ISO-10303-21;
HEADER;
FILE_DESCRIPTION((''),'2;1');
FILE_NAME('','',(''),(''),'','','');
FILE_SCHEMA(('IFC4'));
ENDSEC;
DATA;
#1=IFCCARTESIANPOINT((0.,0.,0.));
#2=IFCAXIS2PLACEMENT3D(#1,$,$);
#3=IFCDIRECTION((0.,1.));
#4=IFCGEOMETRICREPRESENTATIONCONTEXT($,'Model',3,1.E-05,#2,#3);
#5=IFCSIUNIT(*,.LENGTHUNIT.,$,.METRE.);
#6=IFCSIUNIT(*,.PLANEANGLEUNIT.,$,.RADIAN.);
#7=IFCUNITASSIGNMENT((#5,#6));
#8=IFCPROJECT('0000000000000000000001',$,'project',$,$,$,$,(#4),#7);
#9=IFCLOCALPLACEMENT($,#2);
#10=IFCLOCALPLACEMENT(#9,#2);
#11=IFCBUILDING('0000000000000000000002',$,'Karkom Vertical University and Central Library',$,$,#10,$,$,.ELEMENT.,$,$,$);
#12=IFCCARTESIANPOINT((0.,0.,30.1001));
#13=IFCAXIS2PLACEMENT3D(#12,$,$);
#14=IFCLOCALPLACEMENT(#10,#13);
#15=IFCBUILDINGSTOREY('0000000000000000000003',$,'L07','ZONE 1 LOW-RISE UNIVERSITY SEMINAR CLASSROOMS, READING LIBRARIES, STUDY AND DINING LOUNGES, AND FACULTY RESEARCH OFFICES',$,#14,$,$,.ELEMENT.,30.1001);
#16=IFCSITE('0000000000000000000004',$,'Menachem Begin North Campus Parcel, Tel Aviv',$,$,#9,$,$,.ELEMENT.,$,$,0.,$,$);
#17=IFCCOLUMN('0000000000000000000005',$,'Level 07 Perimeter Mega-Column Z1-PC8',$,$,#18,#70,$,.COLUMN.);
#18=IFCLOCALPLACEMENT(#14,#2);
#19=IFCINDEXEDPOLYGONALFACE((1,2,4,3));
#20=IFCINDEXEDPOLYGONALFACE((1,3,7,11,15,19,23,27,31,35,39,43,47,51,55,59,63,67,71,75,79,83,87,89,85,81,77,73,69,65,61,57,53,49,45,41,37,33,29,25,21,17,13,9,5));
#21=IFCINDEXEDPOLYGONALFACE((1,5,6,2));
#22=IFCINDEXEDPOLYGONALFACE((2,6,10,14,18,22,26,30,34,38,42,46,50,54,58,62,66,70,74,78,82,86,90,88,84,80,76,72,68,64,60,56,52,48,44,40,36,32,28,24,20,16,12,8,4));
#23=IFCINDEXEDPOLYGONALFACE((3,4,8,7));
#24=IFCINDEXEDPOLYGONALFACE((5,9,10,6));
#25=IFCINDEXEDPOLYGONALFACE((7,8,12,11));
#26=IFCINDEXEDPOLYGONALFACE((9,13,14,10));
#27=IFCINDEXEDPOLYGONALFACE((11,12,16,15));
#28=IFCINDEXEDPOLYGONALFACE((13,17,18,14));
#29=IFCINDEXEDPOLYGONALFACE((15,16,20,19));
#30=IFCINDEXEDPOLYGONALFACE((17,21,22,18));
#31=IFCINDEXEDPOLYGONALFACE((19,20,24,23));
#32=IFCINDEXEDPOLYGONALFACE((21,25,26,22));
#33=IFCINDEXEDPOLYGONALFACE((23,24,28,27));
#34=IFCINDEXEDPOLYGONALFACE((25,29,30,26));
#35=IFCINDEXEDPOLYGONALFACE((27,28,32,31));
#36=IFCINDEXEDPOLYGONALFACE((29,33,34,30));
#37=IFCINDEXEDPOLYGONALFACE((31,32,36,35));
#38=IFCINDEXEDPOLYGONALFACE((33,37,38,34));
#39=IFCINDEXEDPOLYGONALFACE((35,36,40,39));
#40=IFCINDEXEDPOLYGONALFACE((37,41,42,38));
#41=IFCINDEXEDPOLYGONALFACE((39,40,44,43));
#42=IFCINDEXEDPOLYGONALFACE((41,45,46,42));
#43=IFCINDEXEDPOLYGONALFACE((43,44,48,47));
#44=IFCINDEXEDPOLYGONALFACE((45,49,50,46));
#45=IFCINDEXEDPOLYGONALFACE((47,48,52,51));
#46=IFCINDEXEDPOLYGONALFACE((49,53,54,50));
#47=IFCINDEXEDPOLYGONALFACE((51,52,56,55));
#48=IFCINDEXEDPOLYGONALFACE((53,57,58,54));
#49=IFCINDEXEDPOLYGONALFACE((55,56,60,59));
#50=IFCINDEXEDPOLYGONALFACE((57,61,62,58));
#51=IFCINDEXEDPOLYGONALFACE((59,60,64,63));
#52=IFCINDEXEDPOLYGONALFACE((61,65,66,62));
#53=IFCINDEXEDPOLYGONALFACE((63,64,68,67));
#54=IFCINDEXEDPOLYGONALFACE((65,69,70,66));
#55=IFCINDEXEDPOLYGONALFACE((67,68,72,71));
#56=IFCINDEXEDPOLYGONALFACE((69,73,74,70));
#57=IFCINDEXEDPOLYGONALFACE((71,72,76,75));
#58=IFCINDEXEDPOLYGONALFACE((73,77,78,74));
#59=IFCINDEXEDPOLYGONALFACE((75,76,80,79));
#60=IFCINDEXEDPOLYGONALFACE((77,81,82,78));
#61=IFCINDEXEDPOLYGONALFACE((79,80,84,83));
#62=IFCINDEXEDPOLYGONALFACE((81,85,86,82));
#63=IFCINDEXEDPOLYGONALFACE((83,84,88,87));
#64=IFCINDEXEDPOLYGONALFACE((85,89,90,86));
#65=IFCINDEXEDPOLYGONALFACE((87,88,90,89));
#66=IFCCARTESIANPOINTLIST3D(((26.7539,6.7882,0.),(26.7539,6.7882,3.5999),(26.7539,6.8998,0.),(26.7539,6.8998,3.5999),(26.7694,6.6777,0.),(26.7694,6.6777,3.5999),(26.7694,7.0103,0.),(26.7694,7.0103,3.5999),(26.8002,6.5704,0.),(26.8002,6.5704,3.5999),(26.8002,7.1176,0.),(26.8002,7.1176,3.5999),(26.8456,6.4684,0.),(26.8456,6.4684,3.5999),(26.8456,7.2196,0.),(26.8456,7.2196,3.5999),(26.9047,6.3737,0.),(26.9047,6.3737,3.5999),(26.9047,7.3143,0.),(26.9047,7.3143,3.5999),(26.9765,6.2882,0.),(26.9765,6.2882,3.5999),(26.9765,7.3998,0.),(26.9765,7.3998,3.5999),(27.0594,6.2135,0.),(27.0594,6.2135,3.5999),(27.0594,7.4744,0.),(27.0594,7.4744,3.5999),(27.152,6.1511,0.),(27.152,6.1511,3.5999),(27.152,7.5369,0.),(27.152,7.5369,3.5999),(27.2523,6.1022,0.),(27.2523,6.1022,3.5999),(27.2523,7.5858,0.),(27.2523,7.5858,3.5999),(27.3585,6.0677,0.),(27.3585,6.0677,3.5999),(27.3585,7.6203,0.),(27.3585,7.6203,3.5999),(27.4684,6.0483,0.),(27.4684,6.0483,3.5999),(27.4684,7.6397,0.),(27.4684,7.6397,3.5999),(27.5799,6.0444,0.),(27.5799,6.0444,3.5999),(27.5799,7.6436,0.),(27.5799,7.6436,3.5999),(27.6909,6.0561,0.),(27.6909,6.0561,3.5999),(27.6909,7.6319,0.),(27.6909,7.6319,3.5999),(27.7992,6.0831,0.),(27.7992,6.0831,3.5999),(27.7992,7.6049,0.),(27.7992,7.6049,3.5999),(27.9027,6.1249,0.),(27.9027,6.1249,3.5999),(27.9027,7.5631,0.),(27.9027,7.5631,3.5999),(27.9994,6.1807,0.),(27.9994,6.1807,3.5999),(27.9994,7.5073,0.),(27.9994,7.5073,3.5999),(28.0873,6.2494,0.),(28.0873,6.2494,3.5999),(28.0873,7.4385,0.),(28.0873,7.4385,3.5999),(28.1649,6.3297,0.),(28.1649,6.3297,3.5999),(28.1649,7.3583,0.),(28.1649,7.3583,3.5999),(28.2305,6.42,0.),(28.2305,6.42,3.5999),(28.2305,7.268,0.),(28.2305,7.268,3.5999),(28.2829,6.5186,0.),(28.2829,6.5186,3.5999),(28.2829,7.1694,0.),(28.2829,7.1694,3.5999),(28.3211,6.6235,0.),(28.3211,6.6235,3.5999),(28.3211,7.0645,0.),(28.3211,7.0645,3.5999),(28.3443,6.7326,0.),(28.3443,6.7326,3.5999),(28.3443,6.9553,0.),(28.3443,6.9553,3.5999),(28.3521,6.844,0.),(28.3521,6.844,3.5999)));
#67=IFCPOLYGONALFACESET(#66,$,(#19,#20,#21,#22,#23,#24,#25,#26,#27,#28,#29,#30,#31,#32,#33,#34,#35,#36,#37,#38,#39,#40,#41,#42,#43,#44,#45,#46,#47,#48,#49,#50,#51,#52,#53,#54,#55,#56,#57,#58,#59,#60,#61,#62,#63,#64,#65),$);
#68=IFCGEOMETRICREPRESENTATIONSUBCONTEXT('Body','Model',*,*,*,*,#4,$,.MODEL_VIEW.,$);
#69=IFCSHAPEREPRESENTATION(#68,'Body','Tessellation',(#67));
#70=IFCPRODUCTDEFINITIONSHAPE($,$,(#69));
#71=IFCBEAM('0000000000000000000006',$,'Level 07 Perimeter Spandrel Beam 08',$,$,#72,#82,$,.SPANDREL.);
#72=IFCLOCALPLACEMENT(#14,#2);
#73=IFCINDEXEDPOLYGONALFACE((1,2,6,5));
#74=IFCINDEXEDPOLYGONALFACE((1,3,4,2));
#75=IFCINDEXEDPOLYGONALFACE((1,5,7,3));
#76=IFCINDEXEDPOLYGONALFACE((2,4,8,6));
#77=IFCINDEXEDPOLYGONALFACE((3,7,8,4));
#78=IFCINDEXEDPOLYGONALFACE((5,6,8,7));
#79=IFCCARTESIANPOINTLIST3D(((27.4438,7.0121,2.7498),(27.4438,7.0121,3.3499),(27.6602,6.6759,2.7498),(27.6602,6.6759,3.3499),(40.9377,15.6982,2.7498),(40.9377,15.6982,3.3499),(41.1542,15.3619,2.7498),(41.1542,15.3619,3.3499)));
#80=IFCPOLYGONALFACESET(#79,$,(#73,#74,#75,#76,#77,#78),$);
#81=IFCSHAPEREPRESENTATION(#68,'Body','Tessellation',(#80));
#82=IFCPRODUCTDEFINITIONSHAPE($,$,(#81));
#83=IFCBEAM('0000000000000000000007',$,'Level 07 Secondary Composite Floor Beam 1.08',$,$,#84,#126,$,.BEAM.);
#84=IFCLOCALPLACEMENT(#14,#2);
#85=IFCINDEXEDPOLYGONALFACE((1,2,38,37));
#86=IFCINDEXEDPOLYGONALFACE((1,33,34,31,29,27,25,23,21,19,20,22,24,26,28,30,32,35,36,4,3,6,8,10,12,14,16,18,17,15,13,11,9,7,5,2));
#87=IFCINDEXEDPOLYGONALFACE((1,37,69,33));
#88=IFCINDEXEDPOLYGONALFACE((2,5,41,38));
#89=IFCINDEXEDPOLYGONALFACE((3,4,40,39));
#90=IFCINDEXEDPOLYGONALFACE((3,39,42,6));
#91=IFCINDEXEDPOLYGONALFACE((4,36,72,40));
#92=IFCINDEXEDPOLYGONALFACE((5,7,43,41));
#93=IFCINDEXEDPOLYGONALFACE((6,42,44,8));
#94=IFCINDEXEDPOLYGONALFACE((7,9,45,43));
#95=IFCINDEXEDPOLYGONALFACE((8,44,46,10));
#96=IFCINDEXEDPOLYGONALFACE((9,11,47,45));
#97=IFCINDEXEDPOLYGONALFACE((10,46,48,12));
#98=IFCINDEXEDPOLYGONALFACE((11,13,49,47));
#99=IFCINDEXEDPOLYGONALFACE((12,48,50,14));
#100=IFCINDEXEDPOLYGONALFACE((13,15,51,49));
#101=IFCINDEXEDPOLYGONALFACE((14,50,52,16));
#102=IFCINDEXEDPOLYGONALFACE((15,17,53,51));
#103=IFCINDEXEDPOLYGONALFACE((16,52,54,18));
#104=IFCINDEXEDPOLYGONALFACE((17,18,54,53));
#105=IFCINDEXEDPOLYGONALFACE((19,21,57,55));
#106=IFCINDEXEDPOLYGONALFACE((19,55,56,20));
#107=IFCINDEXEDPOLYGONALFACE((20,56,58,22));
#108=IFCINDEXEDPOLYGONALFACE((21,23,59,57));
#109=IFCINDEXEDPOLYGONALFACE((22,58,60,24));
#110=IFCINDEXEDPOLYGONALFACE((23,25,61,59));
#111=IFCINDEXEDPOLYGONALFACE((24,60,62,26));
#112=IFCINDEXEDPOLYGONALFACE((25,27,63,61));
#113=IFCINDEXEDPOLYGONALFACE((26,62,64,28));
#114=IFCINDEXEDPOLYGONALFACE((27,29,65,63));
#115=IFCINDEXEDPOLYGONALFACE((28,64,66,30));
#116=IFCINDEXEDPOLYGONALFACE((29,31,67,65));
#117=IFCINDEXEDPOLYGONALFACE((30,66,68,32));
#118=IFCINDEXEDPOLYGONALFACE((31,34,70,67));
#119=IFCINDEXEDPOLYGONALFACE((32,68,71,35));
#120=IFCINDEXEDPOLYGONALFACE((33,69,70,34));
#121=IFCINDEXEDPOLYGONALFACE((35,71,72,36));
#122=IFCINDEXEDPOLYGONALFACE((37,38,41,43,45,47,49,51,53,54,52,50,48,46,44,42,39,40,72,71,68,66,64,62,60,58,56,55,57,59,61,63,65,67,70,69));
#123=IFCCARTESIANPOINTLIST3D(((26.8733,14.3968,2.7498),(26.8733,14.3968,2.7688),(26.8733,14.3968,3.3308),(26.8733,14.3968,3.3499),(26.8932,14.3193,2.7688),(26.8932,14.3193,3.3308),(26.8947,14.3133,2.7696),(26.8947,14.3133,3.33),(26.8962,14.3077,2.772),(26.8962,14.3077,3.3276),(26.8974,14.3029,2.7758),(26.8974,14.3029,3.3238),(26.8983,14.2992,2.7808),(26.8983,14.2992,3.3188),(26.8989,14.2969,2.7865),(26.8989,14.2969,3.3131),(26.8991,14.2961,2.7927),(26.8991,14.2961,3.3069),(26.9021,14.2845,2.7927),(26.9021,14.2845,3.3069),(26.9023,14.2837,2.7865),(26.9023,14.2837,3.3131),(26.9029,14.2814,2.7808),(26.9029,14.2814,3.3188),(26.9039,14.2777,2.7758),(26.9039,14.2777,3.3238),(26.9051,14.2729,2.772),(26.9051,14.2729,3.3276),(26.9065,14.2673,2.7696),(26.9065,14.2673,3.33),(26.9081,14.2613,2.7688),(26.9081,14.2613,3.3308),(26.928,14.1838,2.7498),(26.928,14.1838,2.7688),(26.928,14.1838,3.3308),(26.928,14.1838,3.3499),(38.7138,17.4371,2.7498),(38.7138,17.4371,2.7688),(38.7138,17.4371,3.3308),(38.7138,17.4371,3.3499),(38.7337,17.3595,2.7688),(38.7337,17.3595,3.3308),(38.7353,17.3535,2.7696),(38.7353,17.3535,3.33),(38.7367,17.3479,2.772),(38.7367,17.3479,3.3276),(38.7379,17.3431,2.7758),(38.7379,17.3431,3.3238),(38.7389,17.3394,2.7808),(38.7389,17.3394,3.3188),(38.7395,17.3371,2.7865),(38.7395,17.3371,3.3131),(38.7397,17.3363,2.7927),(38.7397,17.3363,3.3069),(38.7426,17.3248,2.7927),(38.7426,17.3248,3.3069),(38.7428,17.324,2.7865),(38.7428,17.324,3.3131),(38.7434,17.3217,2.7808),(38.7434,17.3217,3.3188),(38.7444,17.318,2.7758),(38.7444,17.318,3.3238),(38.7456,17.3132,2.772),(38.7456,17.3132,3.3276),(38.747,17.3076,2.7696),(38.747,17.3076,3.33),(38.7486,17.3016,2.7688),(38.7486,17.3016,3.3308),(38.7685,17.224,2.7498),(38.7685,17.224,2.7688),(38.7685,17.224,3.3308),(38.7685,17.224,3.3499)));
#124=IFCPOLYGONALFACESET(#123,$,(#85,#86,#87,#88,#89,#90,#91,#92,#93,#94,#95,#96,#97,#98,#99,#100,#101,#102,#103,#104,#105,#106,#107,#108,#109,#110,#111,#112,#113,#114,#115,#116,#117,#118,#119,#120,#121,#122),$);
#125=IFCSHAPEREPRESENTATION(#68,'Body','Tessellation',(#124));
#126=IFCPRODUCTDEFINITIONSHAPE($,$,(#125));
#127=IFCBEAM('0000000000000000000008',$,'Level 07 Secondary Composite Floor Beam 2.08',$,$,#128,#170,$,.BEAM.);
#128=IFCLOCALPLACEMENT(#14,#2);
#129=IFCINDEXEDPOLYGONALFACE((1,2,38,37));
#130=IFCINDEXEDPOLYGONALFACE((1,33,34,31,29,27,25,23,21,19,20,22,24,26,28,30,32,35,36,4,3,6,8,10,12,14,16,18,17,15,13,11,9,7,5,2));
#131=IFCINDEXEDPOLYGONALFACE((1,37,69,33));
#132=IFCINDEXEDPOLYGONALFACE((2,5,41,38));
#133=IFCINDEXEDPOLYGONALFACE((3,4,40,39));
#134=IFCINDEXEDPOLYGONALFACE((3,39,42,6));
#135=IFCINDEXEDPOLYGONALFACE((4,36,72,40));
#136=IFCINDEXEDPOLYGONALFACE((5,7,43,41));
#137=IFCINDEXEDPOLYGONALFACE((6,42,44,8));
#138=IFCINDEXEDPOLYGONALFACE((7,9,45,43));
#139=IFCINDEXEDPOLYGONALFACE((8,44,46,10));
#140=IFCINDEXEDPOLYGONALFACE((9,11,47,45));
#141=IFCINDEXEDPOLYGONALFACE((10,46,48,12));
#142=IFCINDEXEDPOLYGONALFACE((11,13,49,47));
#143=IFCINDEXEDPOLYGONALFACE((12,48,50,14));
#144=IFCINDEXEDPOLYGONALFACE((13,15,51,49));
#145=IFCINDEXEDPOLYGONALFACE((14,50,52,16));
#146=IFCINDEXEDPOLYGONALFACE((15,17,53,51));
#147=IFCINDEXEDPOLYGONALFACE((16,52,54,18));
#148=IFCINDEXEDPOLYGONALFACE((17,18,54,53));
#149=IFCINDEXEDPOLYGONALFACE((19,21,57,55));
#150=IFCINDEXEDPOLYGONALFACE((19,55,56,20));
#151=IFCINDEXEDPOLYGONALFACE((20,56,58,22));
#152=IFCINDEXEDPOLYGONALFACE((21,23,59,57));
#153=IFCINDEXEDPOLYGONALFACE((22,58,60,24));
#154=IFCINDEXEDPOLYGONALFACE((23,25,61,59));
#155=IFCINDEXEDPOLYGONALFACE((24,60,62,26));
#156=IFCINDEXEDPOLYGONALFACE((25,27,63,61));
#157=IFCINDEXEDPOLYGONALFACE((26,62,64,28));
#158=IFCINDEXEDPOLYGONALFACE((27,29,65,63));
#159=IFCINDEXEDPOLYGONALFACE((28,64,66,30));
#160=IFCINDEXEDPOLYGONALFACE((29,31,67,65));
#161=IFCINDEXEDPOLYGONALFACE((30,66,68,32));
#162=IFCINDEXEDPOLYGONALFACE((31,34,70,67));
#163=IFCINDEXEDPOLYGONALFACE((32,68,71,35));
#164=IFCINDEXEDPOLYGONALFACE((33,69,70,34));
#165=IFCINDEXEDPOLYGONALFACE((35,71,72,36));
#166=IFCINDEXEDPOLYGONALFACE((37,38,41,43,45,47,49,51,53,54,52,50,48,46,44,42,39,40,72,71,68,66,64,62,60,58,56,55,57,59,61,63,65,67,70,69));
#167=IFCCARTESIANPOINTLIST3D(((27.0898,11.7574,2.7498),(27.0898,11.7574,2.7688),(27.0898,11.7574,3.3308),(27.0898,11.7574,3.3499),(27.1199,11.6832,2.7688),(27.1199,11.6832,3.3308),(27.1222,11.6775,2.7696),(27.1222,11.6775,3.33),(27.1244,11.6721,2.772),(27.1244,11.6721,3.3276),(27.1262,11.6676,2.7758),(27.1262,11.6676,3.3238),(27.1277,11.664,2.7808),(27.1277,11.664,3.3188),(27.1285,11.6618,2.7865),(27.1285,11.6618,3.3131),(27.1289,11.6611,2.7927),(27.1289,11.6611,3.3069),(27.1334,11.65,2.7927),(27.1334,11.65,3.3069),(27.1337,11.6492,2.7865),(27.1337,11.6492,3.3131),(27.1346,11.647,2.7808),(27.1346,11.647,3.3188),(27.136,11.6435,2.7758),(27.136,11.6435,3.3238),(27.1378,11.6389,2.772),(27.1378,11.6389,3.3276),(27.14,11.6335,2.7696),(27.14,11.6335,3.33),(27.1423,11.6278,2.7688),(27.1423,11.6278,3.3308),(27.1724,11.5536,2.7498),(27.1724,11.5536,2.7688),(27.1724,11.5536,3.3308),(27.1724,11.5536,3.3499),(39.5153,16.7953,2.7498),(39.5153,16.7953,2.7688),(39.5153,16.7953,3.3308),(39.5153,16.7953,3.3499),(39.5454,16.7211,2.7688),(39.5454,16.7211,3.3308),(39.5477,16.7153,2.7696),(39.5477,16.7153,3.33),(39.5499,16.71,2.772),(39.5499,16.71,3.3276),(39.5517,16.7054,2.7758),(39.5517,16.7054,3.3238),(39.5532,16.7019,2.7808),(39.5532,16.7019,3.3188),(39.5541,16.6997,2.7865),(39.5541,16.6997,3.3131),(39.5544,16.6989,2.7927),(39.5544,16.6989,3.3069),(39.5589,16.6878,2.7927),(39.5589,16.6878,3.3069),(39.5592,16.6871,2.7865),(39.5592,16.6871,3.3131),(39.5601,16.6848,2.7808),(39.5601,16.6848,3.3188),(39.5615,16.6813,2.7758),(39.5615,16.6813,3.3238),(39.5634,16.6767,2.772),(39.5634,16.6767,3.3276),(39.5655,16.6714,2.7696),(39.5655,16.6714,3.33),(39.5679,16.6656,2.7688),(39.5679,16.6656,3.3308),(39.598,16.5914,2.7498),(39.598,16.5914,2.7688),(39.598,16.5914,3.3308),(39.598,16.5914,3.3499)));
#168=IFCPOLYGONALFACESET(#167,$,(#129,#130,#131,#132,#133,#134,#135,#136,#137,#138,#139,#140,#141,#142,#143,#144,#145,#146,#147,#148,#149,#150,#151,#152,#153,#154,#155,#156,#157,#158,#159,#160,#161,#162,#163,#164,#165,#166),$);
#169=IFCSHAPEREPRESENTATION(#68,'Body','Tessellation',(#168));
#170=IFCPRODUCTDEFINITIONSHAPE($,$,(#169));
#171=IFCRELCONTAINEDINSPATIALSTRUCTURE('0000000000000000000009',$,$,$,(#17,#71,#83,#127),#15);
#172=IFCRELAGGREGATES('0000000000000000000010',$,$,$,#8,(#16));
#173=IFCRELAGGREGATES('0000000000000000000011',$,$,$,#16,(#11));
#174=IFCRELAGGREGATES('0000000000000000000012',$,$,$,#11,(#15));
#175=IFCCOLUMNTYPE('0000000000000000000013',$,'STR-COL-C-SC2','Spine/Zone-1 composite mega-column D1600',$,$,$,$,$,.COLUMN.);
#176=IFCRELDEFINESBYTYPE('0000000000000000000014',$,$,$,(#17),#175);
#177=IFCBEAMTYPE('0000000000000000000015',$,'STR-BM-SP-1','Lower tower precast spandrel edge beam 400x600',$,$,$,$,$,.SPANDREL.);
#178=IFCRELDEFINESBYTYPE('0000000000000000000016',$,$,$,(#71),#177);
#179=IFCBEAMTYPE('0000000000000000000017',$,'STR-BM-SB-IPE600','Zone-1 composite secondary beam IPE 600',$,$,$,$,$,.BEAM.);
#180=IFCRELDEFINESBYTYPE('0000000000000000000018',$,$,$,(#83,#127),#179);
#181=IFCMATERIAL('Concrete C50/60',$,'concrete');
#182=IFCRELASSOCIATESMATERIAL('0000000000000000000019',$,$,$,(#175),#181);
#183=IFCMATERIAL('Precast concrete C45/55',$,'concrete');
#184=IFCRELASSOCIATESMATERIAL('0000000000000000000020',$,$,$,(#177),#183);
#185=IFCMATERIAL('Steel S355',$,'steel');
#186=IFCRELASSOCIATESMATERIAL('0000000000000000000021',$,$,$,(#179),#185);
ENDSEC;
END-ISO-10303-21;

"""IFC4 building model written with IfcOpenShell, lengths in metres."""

from ifc_helpers import new_model, si_unit, direction, frame, origin, origin_with_axes, origin_2d, place, context, subcontext, project, spatial, rectangle, circle, i_section, extrude, source, transform, mapped, material, material_profile, profile_set, type_object, element, save


model = new_model("IFC4")

# Units and contexts
model_context = context("Model", 3, precision=1e-05, world=origin(), true_north=direction((0.0, 1.0)))
body_context = subcontext(model_context, "Body", "Model", "MODEL_VIEW")
ifc_project = project(units=[si_unit("LENGTHUNIT", "METRE"), si_unit("PLANEANGLEUNIT", "RADIAN")], contexts=[model_context])

# Site, building, storey
site_placement = place(None, origin())
site = spatial("IfcSite", under=ifc_project, at=site_placement, Name="Menachem Begin North Campus Parcel, Tel Aviv", CompositionType="ELEMENT", RefElevation=0.0)
building_placement = place(site_placement, origin())
building = spatial("IfcBuilding", under=site, at=building_placement, Name="Karkom Vertical University and Central Library", CompositionType="ELEMENT")
storey_placement = place(building_placement, frame((0.0, 0.0, 30.1001)))
storey = spatial("IfcBuildingStorey", under=building, at=storey_placement, Name="L07", Description="ZONE 1 LOW-RISE UNIVERSITY SEMINAR CLASSROOMS, READING LIBRARIES, STUDY AND DINING LOUNGES, AND FACULTY RESEARCH OFFICES", CompositionType="ELEMENT", Elevation=30.1001)

# Column
ifc_material_1 = material(Name="Concrete C50/60", Category="concrete")
ifc_material_profile_1 = material_profile(ifc_material_1, circle(Radius=0.8, at=origin_2d()), Name="CFT-D1600")
ifc_profile_set_1 = profile_set([ifc_material_profile_1], Name="Concrete C50/60")
column_type = type_object("IfcColumnType", Name="STR-COL-C-SC2", Description="Spine/Zone-1 composite mega-column D1600", PredefinedType="COLUMN", material=ifc_profile_set_1)
shared_shape_1 = source(origin_with_axes(), body_context, "Body", "SweptSolid", [
    extrude(circle(Radius=0.8, at=origin_2d()), origin(), (0.0, 0.0, 1.0), 3.5999),
])
column_placement = place(storey_placement, frame((27.552, 6.844, 0.0), z_axis=(0.0, 0.0, 1.0), x_axis=(1.0, 0.0, 0.0)))
element("IfcColumn", 1, at=column_placement, inside=storey, type_object=column_type, Name="Level 07 Perimeter Mega-Column Z1-PC8", PredefinedType="COLUMN", context=body_context, shape_type="MappedRepresentation", body=[
    mapped(shared_shape_1, transform((0.0, 0.0, 0.0), scale=1.0)),
])

# Beams
ifc_material_2 = material(Name="Precast concrete C45/55", Category="concrete")
ifc_material_profile_2 = material_profile(ifc_material_2, rectangle(XDim=0.3999, YDim=0.6001, at=origin_2d()), Name="SPB-400x600")
ifc_profile_set_2 = profile_set([ifc_material_profile_2], Name="Precast concrete C45/55")
beam_type_1 = type_object("IfcBeamType", Name="STR-BM-SP-1", Description="Lower tower precast spandrel edge beam 400x600", PredefinedType="SPANDREL", material=ifc_profile_set_2)
shared_shape_2 = source(origin_with_axes(), body_context, "Body", "SweptSolid", [
    extrude(rectangle(XDim=0.3999, YDim=0.6001, at=origin_2d()), origin(), (0.0, 0.0, 1.0), 16.0479),
])
beam_1_placement = place(storey_placement, frame((27.552, 6.844, 3.0498), z_axis=(0.840856, 0.54126, 0.0), x_axis=(-0.54126, 0.840856, 0.0)))
element("IfcBeam", 2, at=beam_1_placement, inside=storey, type_object=beam_type_1, Name="Level 07 Perimeter Spandrel Beam 08", PredefinedType="SPANDREL", context=body_context, shape_type="MappedRepresentation", body=[
    mapped(shared_shape_2, transform((0.0, 0.0, 0.0), scale=1.0)),
])
ifc_material_3 = material(Name="Steel S355", Category="steel")
ifc_material_profile_3 = material_profile(ifc_material_3, i_section(OverallWidth=0.22, OverallDepth=0.6001, WebThickness=0.012, FlangeThickness=0.019, FilletRadius=0.0239, at=origin_2d()), Name="IPE 600")
ifc_profile_set_3 = profile_set([ifc_material_profile_3], Name="Steel S355")
beam_type_2 = type_object("IfcBeamType", Name="STR-BM-SB-IPE600", Description="Zone-1 composite secondary beam IPE 600", PredefinedType="BEAM", material=ifc_profile_set_3)
shared_shape_3 = source(origin_with_axes(), body_context, "Body", "SweptSolid", [
    extrude(i_section(OverallWidth=0.22, OverallDepth=0.6001, WebThickness=0.012, FlangeThickness=0.019, FilletRadius=0.0239, at=origin_2d()), origin(), (0.0, 0.0, 1.0), 12.2246),
])
beam_2_placement = place(storey_placement, frame((26.9006, 14.2903, 3.0498), z_axis=(0.96858, 0.248701, 0.0), x_axis=(-0.248701, 0.96858, 0.0)))
element("IfcBeam", 3, at=beam_2_placement, inside=storey, type_object=beam_type_2, Name="Level 07 Secondary Composite Floor Beam 1.08", PredefinedType="BEAM", context=body_context, shape_type="MappedRepresentation", body=[
    mapped(shared_shape_3, transform((0.0, 0.0, 0.0), scale=1.0)),
])
shared_shape_4 = source(origin_with_axes(), body_context, "Body", "SweptSolid", [
    extrude(i_section(OverallWidth=0.22, OverallDepth=0.6001, WebThickness=0.012, FlangeThickness=0.019, FilletRadius=0.0239, at=origin_2d()), origin(), (0.0, 0.0, 1.0), 13.408),
])
beam_3_placement = place(storey_placement, frame((27.1311, 11.6555, 3.0498), z_axis=(0.926727, 0.375735, 0.0), x_axis=(-0.375735, 0.926727, 0.0)))
element("IfcBeam", 4, at=beam_3_placement, inside=storey, type_object=beam_type_2, Name="Level 07 Secondary Composite Floor Beam 2.08", PredefinedType="BEAM", context=body_context, shape_type="MappedRepresentation", body=[
    mapped(shared_shape_4, transform((0.0, 0.0, 0.0), scale=1.0)),
])

save(model, "model.ifc")
